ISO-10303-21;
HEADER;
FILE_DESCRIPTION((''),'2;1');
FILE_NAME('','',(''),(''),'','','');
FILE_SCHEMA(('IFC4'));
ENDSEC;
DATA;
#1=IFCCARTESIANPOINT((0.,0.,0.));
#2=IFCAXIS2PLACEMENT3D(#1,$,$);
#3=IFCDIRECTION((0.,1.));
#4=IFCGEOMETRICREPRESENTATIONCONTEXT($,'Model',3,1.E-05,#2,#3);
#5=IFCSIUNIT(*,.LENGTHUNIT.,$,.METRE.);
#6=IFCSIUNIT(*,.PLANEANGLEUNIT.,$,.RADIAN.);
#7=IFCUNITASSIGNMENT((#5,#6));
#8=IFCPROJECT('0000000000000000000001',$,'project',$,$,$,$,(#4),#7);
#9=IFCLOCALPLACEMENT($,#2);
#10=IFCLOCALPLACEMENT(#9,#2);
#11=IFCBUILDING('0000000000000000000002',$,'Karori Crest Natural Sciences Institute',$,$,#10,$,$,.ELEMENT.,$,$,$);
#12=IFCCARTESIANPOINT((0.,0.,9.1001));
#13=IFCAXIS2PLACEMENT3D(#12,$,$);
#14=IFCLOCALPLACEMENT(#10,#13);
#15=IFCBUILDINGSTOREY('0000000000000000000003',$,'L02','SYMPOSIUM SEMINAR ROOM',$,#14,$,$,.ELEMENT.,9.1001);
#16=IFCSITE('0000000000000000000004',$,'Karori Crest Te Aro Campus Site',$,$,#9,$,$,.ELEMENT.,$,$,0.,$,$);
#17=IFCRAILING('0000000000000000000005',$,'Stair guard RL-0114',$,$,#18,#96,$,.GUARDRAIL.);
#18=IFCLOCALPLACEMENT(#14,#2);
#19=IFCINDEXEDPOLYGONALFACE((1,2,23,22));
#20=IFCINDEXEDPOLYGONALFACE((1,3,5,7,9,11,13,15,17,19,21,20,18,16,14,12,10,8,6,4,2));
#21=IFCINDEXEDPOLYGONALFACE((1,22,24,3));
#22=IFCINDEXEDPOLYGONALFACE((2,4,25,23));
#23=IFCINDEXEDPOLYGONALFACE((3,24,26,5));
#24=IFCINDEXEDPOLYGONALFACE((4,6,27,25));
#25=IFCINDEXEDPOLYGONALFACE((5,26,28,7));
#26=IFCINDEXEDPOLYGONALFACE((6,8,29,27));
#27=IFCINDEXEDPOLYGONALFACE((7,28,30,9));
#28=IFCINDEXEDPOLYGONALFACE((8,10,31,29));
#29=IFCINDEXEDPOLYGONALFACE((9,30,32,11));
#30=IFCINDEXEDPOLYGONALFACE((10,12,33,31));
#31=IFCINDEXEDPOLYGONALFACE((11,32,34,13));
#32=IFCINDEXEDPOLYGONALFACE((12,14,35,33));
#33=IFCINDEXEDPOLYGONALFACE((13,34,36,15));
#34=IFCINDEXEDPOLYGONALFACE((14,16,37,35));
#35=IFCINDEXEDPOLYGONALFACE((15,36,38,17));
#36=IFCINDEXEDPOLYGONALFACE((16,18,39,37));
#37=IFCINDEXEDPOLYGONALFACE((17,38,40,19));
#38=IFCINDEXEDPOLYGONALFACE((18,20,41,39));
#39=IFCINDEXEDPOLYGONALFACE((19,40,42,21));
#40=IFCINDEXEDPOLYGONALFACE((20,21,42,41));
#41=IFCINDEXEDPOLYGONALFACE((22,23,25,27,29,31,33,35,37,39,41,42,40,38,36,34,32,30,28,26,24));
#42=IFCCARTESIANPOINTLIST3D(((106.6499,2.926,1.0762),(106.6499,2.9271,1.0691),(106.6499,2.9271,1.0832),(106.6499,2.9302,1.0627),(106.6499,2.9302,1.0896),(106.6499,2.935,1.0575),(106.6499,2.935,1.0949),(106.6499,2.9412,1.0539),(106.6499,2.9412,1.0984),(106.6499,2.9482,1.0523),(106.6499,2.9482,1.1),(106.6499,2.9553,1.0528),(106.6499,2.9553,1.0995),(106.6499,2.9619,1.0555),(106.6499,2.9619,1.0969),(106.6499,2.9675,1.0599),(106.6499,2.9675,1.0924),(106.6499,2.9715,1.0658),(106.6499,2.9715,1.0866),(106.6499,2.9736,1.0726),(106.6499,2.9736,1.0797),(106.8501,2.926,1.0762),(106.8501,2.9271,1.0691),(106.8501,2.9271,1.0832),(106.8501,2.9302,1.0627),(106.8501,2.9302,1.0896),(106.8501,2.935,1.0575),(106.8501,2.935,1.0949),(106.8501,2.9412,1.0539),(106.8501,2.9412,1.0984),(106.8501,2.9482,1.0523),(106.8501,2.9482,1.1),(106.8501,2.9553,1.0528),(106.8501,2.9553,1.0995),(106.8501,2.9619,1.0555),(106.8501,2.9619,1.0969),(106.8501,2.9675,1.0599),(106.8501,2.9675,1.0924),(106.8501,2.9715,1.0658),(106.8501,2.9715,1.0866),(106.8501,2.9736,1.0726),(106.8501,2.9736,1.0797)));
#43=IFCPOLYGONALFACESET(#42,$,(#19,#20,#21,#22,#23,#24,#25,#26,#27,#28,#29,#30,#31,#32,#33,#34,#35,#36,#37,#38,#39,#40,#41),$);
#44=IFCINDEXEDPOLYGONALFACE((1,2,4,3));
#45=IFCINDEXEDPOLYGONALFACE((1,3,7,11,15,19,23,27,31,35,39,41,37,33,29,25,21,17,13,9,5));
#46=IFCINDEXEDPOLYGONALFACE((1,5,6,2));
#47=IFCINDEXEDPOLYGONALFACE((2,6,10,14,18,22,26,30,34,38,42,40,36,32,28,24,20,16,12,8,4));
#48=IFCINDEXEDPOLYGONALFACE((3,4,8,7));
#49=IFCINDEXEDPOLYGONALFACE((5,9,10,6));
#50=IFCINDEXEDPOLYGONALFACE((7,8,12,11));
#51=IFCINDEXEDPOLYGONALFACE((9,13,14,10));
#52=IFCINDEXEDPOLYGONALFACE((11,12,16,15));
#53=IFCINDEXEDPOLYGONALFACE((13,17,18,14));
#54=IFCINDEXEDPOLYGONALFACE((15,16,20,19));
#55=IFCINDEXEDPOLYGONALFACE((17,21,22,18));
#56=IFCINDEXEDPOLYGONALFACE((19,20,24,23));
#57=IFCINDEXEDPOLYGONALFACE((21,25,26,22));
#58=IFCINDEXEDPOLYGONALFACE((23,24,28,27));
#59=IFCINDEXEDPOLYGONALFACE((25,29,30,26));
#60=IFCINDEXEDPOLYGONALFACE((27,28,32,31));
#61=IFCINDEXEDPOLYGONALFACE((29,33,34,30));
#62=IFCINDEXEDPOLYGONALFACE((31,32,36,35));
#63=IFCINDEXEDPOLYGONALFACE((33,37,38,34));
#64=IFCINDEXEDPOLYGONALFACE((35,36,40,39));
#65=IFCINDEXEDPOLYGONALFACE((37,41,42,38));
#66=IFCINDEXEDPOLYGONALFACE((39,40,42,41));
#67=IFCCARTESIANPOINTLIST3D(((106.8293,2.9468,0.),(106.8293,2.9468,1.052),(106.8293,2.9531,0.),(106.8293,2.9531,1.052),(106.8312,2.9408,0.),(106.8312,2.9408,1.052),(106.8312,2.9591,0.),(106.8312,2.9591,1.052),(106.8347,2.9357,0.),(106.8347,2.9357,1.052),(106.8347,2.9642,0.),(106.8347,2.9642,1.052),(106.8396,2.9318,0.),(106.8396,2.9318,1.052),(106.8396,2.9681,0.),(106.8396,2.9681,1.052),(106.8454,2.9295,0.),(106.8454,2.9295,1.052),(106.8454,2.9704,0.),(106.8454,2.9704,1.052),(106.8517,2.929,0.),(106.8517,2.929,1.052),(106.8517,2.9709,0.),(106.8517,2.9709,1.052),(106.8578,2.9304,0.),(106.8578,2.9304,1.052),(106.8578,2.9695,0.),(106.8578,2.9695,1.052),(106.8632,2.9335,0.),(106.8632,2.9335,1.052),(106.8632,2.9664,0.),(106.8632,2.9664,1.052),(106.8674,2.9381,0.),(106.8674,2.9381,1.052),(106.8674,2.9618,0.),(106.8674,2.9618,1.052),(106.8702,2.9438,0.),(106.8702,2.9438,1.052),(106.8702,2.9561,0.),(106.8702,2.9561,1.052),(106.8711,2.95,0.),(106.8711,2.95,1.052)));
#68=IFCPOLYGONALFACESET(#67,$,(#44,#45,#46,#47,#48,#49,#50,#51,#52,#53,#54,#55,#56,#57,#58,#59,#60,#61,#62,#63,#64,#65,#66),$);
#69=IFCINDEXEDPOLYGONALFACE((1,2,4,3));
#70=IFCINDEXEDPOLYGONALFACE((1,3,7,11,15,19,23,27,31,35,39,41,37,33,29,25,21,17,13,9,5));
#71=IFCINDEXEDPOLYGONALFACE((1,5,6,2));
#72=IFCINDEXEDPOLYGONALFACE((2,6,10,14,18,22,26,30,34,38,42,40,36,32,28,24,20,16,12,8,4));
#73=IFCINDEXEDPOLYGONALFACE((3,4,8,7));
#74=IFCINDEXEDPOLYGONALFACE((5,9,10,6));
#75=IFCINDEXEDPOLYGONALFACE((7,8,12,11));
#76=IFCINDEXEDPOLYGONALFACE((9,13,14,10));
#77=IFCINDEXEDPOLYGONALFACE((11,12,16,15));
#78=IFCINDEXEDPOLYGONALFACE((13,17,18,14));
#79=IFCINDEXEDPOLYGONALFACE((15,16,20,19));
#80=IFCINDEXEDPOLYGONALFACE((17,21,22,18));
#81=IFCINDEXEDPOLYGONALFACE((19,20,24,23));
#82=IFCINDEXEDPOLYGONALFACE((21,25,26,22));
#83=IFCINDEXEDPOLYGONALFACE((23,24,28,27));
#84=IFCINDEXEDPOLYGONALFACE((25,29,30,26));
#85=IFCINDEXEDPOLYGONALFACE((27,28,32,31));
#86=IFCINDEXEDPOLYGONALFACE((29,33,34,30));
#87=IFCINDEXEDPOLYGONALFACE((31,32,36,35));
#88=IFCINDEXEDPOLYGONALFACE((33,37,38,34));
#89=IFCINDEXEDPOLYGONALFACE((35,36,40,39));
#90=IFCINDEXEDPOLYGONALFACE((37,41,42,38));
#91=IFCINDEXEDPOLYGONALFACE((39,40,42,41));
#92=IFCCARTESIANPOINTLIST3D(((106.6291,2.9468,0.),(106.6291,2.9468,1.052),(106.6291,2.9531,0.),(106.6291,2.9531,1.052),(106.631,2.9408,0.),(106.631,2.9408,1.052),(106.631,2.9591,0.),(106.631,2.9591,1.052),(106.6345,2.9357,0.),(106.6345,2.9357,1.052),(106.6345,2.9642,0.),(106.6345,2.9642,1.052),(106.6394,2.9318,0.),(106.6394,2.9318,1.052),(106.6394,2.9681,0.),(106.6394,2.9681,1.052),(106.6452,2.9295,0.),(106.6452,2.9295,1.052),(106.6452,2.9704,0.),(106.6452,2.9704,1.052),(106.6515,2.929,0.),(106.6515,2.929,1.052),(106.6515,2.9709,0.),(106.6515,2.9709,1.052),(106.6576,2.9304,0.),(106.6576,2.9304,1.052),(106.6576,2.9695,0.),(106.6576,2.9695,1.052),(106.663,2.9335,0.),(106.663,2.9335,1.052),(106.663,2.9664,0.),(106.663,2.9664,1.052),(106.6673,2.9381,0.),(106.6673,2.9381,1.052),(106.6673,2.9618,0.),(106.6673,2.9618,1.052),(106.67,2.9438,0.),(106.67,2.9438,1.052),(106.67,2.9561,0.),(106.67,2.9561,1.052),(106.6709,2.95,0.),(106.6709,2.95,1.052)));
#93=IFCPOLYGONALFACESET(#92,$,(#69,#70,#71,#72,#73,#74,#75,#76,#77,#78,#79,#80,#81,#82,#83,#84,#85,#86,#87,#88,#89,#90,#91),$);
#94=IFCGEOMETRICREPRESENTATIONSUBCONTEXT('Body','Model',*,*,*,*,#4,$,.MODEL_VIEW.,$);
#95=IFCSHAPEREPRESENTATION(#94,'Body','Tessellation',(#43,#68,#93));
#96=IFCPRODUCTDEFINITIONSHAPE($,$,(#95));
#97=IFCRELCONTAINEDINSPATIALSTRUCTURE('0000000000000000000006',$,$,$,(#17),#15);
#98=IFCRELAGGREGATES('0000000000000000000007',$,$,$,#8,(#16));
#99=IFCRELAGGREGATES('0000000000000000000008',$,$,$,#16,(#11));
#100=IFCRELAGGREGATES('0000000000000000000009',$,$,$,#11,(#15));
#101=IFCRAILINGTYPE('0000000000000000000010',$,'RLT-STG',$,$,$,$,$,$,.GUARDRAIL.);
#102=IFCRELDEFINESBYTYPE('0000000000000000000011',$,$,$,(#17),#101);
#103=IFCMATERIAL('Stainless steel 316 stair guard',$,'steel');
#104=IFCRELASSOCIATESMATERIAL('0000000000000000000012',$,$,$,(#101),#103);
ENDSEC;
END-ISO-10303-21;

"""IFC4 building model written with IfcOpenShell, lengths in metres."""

from ifc_helpers import new_model, si_unit, direction, frame, origin, origin_2d, place, context, subcontext, project, spatial, circle, extrude, material, type_object, element, save


model = new_model("IFC4")

# Units and contexts
model_context = context("Model", 3, precision=1e-05, world=origin(), true_north=direction((0.0, 1.0)))
body_context = subcontext(model_context, "Body", "Model", "MODEL_VIEW")
ifc_project = project(units=[si_unit("LENGTHUNIT", "METRE"), si_unit("PLANEANGLEUNIT", "RADIAN")], contexts=[model_context])

# Site, building, storey
site_placement = place(None, origin())
site = spatial("IfcSite", under=ifc_project, at=site_placement, Name="Karori Crest Te Aro Campus Site", CompositionType="ELEMENT", RefElevation=0.0)
building_placement = place(site_placement, origin())
building = spatial("IfcBuilding", under=site, at=building_placement, Name="Karori Crest Natural Sciences Institute", CompositionType="ELEMENT")
storey_placement = place(building_placement, frame((0.0, 0.0, 9.1001)))
storey = spatial("IfcBuildingStorey", under=building, at=storey_placement, Name="L02", Description="SYMPOSIUM SEMINAR ROOM", CompositionType="ELEMENT", Elevation=9.1001)

# Railing
ifc_material_1 = material(Name="Stainless steel 316 stair guard", Category="steel")
railing_type_1 = type_object("IfcRailingType", Name="RLT-STG", PredefinedType="GUARDRAIL", material=ifc_material_1)
railing_1_placement = place(storey_placement, frame((106.8501, 2.95, 0.0)))
element("IfcRailing", 1, at=railing_1_placement, inside=storey, type_object=railing_type_1, Name="Stair guard RL-0114", PredefinedType="GUARDRAIL", context=body_context, shape_type="SweptSolid", body=[
    extrude(circle(Radius=0.0239, at=origin_2d()), frame((0.0, 0.0, 1.0762), z_axis=(-1.0, 0.0, 0.0), x_axis=(0.0, -1.0, 0.0)), (0.0, 0.0, 1.0), 0.2002),
    extrude(circle(Radius=0.021, at=origin_2d()), origin(), (0.0, 0.0, 1.0), 1.052),
    extrude(circle(Radius=0.021, at=origin_2d()), frame((-0.2002, 0.0, 0.0)), (0.0, 0.0, 1.0), 1.052),
])

save(model, "model.ifc")
